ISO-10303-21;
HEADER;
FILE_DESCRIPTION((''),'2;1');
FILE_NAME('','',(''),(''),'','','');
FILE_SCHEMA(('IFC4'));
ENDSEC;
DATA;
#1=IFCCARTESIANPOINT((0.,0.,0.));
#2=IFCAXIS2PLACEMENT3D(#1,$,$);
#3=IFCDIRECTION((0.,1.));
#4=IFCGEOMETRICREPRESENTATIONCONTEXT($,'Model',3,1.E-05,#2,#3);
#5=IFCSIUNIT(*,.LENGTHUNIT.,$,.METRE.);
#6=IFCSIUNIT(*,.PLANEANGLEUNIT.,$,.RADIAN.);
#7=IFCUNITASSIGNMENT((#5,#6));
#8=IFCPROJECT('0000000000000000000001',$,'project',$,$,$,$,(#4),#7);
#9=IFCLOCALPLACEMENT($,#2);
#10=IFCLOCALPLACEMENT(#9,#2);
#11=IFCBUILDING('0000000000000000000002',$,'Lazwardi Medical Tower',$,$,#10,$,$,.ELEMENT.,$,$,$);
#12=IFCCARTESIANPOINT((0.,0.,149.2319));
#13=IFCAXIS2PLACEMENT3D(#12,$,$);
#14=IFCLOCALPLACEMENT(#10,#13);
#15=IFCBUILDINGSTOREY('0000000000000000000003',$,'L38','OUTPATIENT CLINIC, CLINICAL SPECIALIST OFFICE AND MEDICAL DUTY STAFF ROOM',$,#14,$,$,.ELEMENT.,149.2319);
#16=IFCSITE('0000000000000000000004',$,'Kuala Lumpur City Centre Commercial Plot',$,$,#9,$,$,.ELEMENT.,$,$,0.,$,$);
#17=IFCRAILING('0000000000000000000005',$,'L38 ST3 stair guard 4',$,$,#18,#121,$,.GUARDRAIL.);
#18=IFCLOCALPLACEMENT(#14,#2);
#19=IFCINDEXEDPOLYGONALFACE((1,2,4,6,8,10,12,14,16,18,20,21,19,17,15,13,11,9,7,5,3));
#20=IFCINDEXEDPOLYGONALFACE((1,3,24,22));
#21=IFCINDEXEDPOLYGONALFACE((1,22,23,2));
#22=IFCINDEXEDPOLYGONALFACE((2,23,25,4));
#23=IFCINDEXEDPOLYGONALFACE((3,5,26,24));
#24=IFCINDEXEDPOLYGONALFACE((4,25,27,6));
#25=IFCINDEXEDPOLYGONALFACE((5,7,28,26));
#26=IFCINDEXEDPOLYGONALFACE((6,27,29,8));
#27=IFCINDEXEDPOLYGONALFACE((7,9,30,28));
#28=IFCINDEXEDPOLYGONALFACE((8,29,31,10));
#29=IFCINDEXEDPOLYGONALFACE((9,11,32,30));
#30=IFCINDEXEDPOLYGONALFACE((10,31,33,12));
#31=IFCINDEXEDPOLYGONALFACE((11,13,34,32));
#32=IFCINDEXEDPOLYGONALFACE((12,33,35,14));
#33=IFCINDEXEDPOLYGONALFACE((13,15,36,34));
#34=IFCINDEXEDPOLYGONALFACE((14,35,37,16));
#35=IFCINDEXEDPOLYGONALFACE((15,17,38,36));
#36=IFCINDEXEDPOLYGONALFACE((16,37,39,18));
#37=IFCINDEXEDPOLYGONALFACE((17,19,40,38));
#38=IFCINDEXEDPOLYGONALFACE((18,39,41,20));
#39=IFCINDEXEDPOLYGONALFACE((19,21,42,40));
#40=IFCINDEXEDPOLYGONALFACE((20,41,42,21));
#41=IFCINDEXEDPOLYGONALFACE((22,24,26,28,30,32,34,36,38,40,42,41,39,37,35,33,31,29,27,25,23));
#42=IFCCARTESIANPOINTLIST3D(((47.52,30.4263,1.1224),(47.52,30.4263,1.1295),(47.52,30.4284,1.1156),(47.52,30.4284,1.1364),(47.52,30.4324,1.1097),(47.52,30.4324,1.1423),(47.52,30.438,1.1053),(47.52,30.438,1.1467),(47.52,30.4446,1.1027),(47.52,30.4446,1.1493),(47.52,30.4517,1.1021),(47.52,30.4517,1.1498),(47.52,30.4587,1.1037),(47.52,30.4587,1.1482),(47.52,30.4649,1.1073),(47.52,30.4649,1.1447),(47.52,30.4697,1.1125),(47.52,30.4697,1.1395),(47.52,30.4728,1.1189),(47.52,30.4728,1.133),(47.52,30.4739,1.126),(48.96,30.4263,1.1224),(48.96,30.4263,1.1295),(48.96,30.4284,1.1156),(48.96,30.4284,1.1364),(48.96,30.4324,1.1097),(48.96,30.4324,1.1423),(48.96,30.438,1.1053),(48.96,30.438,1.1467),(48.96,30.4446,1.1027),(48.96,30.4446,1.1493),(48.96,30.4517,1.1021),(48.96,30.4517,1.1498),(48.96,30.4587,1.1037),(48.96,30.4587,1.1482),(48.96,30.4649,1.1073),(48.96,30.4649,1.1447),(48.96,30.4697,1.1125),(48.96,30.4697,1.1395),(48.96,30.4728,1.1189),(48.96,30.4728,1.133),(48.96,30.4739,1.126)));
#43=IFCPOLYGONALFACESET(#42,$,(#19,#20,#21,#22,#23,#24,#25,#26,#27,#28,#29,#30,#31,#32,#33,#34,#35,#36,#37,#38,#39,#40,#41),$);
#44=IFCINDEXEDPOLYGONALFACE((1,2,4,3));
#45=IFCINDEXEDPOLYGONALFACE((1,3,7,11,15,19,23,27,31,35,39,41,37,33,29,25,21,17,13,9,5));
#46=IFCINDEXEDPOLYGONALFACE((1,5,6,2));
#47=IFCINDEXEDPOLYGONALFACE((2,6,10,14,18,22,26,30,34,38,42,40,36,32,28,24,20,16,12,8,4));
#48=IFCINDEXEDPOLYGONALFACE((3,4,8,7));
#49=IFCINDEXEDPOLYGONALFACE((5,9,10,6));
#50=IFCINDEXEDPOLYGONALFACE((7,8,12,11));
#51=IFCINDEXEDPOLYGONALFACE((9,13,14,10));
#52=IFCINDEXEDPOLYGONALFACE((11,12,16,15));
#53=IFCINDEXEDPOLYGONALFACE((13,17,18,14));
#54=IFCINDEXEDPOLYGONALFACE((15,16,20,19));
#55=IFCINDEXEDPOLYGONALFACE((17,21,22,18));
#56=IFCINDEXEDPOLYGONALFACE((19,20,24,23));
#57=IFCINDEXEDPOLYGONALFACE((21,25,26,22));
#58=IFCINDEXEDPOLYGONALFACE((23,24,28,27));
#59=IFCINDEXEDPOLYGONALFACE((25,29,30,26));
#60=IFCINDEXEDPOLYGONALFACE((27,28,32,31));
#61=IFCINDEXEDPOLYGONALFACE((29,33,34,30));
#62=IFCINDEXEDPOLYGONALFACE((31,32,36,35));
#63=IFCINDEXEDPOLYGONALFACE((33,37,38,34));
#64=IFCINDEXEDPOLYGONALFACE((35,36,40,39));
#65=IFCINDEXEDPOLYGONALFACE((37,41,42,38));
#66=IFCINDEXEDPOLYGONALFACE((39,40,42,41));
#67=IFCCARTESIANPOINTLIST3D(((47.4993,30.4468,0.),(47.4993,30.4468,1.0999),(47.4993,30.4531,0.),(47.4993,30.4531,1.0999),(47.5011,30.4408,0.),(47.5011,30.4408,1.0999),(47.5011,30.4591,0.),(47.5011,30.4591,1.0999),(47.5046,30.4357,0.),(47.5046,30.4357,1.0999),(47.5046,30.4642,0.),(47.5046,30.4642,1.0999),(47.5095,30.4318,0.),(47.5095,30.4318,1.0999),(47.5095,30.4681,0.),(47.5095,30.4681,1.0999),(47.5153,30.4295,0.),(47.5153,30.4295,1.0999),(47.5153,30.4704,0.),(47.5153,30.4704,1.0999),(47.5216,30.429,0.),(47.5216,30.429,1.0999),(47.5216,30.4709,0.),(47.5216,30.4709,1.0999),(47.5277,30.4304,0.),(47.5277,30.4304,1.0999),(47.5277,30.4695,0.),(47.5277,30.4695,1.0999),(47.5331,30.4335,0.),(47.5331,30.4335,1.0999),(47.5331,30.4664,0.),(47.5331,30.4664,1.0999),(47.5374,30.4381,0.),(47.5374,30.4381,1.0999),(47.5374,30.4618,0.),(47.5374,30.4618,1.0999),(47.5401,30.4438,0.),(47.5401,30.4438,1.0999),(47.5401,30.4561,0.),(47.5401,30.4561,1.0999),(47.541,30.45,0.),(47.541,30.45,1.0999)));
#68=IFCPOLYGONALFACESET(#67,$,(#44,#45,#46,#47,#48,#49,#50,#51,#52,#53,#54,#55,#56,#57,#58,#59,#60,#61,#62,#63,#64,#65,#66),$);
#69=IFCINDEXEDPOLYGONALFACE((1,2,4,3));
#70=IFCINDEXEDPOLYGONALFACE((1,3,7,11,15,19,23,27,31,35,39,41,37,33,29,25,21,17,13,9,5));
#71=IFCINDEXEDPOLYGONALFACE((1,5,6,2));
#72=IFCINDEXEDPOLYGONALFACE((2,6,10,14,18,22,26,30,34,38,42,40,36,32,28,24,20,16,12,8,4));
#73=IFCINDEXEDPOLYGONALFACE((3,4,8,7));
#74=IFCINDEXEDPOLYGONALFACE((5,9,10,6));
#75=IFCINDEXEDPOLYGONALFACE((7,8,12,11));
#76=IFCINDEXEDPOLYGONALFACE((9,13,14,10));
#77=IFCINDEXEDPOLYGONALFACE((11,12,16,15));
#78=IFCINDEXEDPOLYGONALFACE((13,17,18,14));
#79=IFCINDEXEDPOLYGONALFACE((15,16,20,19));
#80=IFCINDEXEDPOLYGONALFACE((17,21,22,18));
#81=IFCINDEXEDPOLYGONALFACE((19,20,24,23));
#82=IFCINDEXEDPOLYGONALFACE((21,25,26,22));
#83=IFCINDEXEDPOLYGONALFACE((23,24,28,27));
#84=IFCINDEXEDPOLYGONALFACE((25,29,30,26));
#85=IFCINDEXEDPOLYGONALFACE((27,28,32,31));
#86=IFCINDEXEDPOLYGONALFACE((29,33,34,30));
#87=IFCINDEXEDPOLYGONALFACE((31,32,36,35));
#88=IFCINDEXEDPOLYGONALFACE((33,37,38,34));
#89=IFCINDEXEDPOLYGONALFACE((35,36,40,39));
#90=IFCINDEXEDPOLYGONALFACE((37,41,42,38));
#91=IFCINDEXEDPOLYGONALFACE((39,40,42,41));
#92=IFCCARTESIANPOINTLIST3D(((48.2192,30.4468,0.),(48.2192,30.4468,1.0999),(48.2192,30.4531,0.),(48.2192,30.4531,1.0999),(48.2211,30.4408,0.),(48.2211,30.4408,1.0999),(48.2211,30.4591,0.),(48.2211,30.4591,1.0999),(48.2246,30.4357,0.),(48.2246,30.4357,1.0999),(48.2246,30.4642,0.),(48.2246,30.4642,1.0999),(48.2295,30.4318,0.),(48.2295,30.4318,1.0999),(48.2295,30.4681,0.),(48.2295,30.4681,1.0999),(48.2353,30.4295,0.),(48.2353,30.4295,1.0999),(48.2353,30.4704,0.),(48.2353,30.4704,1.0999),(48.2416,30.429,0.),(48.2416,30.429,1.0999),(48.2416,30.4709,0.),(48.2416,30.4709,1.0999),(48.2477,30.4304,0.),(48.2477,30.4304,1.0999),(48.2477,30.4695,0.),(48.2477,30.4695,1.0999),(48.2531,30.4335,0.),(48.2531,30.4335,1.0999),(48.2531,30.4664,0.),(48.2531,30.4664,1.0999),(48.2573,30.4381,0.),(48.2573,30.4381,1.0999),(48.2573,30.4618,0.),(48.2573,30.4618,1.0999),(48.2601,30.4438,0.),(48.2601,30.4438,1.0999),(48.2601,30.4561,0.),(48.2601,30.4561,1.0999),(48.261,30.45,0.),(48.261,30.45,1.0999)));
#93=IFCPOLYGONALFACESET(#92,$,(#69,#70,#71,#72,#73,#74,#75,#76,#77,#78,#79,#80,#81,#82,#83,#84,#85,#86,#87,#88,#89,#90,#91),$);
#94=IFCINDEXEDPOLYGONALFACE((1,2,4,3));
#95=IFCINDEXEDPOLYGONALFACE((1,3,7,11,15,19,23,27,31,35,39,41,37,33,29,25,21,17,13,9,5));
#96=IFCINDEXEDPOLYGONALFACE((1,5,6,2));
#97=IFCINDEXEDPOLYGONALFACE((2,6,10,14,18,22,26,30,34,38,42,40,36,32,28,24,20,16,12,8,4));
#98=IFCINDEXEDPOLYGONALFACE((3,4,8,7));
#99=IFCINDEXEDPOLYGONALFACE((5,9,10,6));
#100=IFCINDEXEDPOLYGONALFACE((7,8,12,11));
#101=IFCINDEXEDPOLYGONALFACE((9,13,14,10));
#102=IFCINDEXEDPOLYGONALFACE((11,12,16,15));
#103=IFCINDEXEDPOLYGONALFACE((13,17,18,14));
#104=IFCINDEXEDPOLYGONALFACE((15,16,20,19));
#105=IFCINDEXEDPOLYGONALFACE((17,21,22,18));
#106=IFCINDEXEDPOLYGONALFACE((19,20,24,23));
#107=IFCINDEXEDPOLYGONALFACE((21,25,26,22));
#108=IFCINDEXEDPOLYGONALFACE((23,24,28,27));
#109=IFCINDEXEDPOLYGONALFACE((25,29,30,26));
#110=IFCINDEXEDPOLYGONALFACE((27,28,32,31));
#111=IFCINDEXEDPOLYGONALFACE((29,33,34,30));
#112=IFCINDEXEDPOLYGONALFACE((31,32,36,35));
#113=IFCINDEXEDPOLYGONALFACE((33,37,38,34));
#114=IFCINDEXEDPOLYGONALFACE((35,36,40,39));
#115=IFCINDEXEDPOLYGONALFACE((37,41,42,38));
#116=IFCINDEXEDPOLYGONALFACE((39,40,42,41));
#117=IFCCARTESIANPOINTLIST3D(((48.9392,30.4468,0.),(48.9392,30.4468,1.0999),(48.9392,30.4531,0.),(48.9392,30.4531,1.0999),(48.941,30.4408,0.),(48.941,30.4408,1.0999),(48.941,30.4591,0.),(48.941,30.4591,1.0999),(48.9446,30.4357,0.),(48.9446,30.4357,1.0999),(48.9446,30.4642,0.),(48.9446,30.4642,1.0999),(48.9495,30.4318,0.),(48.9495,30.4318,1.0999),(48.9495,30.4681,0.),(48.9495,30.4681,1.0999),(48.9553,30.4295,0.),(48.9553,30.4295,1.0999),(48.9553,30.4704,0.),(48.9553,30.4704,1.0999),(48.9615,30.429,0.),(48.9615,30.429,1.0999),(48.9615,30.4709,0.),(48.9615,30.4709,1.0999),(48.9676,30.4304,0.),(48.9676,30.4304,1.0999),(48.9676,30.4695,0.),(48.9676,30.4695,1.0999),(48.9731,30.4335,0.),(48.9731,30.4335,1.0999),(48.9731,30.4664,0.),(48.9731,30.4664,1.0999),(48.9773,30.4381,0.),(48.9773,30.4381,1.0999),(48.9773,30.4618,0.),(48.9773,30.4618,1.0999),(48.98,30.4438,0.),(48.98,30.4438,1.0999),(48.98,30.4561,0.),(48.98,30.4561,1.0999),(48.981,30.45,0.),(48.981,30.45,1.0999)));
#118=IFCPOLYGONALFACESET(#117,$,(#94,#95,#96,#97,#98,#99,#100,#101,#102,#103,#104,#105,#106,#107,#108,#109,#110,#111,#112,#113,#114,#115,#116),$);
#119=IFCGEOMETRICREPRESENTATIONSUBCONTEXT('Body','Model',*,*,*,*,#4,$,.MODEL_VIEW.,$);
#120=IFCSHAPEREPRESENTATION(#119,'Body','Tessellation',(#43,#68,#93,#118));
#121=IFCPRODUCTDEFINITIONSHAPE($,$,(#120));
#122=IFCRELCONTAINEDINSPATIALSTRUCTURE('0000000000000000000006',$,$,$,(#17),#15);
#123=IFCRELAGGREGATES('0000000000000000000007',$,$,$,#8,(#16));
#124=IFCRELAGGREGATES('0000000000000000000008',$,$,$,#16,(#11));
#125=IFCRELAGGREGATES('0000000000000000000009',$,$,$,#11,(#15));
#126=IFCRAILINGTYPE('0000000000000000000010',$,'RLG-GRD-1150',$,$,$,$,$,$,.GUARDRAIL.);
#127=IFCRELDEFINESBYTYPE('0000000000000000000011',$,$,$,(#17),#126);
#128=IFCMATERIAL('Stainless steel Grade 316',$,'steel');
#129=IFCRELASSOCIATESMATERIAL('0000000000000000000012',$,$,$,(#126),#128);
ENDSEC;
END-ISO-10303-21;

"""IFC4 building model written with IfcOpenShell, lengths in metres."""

from ifc_helpers import new_model, si_unit, direction, frame, origin, origin_2d, place, context, subcontext, project, spatial, circle, extrude, material, type_object, element, save


model = new_model("IFC4")

# Units and contexts
model_context = context("Model", 3, precision=1e-05, world=origin(), true_north=direction((0.0, 1.0)))
body_context = subcontext(model_context, "Body", "Model", "MODEL_VIEW")
ifc_project = project(units=[si_unit("LENGTHUNIT", "METRE"), si_unit("PLANEANGLEUNIT", "RADIAN")], contexts=[model_context])

# Site, building, storey
site_placement = place(None, origin())
site = spatial("IfcSite", under=ifc_project, at=site_placement, Name="Kuala Lumpur City Centre Commercial Plot", CompositionType="ELEMENT", RefElevation=0.0)
building_placement = place(site_placement, origin())
building = spatial("IfcBuilding", under=site, at=building_placement, Name="Lazwardi Medical Tower", CompositionType="ELEMENT")
storey_placement = place(building_placement, frame((0.0, 0.0, 149.2319)))
storey = spatial("IfcBuildingStorey", under=building, at=storey_placement, Name="L38", Description="OUTPATIENT CLINIC, CLINICAL SPECIALIST OFFICE AND MEDICAL DUTY STAFF ROOM", CompositionType="ELEMENT", Elevation=149.2319)

# Railing
ifc_material_1 = material(Name="Stainless steel Grade 316", Category="steel")
railing_type = type_object("IfcRailingType", Name="RLG-GRD-1150", PredefinedType="GUARDRAIL", material=ifc_material_1)
railing_1_placement = place(storey_placement, frame((47.52, 30.45, 0.0)))
element("IfcRailing", 1, at=railing_1_placement, inside=storey, type_object=railing_type, Name="L38 ST3 stair guard 4", PredefinedType="GUARDRAIL", context=body_context, shape_type="SweptSolid", body=[
    extrude(circle(Radius=0.0239, at=origin_2d()), frame((0.0, 0.0, 1.126), z_axis=(1.0, 0.0, 0.0), x_axis=(0.0, 1.0, 0.0)), (0.0, 0.0, 1.0), 1.4399),
    extrude(circle(Radius=0.021, at=origin_2d()), origin(), (0.0, 0.0, 1.0), 1.0999),
    extrude(circle(Radius=0.021, at=origin_2d()), frame((0.72, 0.0, 0.0)), (0.0, 0.0, 1.0), 1.0999),
    extrude(circle(Radius=0.021, at=origin_2d()), frame((1.4399, 0.0, 0.0)), (0.0, 0.0, 1.0), 1.0999),
])

save(model, "model.ifc")
